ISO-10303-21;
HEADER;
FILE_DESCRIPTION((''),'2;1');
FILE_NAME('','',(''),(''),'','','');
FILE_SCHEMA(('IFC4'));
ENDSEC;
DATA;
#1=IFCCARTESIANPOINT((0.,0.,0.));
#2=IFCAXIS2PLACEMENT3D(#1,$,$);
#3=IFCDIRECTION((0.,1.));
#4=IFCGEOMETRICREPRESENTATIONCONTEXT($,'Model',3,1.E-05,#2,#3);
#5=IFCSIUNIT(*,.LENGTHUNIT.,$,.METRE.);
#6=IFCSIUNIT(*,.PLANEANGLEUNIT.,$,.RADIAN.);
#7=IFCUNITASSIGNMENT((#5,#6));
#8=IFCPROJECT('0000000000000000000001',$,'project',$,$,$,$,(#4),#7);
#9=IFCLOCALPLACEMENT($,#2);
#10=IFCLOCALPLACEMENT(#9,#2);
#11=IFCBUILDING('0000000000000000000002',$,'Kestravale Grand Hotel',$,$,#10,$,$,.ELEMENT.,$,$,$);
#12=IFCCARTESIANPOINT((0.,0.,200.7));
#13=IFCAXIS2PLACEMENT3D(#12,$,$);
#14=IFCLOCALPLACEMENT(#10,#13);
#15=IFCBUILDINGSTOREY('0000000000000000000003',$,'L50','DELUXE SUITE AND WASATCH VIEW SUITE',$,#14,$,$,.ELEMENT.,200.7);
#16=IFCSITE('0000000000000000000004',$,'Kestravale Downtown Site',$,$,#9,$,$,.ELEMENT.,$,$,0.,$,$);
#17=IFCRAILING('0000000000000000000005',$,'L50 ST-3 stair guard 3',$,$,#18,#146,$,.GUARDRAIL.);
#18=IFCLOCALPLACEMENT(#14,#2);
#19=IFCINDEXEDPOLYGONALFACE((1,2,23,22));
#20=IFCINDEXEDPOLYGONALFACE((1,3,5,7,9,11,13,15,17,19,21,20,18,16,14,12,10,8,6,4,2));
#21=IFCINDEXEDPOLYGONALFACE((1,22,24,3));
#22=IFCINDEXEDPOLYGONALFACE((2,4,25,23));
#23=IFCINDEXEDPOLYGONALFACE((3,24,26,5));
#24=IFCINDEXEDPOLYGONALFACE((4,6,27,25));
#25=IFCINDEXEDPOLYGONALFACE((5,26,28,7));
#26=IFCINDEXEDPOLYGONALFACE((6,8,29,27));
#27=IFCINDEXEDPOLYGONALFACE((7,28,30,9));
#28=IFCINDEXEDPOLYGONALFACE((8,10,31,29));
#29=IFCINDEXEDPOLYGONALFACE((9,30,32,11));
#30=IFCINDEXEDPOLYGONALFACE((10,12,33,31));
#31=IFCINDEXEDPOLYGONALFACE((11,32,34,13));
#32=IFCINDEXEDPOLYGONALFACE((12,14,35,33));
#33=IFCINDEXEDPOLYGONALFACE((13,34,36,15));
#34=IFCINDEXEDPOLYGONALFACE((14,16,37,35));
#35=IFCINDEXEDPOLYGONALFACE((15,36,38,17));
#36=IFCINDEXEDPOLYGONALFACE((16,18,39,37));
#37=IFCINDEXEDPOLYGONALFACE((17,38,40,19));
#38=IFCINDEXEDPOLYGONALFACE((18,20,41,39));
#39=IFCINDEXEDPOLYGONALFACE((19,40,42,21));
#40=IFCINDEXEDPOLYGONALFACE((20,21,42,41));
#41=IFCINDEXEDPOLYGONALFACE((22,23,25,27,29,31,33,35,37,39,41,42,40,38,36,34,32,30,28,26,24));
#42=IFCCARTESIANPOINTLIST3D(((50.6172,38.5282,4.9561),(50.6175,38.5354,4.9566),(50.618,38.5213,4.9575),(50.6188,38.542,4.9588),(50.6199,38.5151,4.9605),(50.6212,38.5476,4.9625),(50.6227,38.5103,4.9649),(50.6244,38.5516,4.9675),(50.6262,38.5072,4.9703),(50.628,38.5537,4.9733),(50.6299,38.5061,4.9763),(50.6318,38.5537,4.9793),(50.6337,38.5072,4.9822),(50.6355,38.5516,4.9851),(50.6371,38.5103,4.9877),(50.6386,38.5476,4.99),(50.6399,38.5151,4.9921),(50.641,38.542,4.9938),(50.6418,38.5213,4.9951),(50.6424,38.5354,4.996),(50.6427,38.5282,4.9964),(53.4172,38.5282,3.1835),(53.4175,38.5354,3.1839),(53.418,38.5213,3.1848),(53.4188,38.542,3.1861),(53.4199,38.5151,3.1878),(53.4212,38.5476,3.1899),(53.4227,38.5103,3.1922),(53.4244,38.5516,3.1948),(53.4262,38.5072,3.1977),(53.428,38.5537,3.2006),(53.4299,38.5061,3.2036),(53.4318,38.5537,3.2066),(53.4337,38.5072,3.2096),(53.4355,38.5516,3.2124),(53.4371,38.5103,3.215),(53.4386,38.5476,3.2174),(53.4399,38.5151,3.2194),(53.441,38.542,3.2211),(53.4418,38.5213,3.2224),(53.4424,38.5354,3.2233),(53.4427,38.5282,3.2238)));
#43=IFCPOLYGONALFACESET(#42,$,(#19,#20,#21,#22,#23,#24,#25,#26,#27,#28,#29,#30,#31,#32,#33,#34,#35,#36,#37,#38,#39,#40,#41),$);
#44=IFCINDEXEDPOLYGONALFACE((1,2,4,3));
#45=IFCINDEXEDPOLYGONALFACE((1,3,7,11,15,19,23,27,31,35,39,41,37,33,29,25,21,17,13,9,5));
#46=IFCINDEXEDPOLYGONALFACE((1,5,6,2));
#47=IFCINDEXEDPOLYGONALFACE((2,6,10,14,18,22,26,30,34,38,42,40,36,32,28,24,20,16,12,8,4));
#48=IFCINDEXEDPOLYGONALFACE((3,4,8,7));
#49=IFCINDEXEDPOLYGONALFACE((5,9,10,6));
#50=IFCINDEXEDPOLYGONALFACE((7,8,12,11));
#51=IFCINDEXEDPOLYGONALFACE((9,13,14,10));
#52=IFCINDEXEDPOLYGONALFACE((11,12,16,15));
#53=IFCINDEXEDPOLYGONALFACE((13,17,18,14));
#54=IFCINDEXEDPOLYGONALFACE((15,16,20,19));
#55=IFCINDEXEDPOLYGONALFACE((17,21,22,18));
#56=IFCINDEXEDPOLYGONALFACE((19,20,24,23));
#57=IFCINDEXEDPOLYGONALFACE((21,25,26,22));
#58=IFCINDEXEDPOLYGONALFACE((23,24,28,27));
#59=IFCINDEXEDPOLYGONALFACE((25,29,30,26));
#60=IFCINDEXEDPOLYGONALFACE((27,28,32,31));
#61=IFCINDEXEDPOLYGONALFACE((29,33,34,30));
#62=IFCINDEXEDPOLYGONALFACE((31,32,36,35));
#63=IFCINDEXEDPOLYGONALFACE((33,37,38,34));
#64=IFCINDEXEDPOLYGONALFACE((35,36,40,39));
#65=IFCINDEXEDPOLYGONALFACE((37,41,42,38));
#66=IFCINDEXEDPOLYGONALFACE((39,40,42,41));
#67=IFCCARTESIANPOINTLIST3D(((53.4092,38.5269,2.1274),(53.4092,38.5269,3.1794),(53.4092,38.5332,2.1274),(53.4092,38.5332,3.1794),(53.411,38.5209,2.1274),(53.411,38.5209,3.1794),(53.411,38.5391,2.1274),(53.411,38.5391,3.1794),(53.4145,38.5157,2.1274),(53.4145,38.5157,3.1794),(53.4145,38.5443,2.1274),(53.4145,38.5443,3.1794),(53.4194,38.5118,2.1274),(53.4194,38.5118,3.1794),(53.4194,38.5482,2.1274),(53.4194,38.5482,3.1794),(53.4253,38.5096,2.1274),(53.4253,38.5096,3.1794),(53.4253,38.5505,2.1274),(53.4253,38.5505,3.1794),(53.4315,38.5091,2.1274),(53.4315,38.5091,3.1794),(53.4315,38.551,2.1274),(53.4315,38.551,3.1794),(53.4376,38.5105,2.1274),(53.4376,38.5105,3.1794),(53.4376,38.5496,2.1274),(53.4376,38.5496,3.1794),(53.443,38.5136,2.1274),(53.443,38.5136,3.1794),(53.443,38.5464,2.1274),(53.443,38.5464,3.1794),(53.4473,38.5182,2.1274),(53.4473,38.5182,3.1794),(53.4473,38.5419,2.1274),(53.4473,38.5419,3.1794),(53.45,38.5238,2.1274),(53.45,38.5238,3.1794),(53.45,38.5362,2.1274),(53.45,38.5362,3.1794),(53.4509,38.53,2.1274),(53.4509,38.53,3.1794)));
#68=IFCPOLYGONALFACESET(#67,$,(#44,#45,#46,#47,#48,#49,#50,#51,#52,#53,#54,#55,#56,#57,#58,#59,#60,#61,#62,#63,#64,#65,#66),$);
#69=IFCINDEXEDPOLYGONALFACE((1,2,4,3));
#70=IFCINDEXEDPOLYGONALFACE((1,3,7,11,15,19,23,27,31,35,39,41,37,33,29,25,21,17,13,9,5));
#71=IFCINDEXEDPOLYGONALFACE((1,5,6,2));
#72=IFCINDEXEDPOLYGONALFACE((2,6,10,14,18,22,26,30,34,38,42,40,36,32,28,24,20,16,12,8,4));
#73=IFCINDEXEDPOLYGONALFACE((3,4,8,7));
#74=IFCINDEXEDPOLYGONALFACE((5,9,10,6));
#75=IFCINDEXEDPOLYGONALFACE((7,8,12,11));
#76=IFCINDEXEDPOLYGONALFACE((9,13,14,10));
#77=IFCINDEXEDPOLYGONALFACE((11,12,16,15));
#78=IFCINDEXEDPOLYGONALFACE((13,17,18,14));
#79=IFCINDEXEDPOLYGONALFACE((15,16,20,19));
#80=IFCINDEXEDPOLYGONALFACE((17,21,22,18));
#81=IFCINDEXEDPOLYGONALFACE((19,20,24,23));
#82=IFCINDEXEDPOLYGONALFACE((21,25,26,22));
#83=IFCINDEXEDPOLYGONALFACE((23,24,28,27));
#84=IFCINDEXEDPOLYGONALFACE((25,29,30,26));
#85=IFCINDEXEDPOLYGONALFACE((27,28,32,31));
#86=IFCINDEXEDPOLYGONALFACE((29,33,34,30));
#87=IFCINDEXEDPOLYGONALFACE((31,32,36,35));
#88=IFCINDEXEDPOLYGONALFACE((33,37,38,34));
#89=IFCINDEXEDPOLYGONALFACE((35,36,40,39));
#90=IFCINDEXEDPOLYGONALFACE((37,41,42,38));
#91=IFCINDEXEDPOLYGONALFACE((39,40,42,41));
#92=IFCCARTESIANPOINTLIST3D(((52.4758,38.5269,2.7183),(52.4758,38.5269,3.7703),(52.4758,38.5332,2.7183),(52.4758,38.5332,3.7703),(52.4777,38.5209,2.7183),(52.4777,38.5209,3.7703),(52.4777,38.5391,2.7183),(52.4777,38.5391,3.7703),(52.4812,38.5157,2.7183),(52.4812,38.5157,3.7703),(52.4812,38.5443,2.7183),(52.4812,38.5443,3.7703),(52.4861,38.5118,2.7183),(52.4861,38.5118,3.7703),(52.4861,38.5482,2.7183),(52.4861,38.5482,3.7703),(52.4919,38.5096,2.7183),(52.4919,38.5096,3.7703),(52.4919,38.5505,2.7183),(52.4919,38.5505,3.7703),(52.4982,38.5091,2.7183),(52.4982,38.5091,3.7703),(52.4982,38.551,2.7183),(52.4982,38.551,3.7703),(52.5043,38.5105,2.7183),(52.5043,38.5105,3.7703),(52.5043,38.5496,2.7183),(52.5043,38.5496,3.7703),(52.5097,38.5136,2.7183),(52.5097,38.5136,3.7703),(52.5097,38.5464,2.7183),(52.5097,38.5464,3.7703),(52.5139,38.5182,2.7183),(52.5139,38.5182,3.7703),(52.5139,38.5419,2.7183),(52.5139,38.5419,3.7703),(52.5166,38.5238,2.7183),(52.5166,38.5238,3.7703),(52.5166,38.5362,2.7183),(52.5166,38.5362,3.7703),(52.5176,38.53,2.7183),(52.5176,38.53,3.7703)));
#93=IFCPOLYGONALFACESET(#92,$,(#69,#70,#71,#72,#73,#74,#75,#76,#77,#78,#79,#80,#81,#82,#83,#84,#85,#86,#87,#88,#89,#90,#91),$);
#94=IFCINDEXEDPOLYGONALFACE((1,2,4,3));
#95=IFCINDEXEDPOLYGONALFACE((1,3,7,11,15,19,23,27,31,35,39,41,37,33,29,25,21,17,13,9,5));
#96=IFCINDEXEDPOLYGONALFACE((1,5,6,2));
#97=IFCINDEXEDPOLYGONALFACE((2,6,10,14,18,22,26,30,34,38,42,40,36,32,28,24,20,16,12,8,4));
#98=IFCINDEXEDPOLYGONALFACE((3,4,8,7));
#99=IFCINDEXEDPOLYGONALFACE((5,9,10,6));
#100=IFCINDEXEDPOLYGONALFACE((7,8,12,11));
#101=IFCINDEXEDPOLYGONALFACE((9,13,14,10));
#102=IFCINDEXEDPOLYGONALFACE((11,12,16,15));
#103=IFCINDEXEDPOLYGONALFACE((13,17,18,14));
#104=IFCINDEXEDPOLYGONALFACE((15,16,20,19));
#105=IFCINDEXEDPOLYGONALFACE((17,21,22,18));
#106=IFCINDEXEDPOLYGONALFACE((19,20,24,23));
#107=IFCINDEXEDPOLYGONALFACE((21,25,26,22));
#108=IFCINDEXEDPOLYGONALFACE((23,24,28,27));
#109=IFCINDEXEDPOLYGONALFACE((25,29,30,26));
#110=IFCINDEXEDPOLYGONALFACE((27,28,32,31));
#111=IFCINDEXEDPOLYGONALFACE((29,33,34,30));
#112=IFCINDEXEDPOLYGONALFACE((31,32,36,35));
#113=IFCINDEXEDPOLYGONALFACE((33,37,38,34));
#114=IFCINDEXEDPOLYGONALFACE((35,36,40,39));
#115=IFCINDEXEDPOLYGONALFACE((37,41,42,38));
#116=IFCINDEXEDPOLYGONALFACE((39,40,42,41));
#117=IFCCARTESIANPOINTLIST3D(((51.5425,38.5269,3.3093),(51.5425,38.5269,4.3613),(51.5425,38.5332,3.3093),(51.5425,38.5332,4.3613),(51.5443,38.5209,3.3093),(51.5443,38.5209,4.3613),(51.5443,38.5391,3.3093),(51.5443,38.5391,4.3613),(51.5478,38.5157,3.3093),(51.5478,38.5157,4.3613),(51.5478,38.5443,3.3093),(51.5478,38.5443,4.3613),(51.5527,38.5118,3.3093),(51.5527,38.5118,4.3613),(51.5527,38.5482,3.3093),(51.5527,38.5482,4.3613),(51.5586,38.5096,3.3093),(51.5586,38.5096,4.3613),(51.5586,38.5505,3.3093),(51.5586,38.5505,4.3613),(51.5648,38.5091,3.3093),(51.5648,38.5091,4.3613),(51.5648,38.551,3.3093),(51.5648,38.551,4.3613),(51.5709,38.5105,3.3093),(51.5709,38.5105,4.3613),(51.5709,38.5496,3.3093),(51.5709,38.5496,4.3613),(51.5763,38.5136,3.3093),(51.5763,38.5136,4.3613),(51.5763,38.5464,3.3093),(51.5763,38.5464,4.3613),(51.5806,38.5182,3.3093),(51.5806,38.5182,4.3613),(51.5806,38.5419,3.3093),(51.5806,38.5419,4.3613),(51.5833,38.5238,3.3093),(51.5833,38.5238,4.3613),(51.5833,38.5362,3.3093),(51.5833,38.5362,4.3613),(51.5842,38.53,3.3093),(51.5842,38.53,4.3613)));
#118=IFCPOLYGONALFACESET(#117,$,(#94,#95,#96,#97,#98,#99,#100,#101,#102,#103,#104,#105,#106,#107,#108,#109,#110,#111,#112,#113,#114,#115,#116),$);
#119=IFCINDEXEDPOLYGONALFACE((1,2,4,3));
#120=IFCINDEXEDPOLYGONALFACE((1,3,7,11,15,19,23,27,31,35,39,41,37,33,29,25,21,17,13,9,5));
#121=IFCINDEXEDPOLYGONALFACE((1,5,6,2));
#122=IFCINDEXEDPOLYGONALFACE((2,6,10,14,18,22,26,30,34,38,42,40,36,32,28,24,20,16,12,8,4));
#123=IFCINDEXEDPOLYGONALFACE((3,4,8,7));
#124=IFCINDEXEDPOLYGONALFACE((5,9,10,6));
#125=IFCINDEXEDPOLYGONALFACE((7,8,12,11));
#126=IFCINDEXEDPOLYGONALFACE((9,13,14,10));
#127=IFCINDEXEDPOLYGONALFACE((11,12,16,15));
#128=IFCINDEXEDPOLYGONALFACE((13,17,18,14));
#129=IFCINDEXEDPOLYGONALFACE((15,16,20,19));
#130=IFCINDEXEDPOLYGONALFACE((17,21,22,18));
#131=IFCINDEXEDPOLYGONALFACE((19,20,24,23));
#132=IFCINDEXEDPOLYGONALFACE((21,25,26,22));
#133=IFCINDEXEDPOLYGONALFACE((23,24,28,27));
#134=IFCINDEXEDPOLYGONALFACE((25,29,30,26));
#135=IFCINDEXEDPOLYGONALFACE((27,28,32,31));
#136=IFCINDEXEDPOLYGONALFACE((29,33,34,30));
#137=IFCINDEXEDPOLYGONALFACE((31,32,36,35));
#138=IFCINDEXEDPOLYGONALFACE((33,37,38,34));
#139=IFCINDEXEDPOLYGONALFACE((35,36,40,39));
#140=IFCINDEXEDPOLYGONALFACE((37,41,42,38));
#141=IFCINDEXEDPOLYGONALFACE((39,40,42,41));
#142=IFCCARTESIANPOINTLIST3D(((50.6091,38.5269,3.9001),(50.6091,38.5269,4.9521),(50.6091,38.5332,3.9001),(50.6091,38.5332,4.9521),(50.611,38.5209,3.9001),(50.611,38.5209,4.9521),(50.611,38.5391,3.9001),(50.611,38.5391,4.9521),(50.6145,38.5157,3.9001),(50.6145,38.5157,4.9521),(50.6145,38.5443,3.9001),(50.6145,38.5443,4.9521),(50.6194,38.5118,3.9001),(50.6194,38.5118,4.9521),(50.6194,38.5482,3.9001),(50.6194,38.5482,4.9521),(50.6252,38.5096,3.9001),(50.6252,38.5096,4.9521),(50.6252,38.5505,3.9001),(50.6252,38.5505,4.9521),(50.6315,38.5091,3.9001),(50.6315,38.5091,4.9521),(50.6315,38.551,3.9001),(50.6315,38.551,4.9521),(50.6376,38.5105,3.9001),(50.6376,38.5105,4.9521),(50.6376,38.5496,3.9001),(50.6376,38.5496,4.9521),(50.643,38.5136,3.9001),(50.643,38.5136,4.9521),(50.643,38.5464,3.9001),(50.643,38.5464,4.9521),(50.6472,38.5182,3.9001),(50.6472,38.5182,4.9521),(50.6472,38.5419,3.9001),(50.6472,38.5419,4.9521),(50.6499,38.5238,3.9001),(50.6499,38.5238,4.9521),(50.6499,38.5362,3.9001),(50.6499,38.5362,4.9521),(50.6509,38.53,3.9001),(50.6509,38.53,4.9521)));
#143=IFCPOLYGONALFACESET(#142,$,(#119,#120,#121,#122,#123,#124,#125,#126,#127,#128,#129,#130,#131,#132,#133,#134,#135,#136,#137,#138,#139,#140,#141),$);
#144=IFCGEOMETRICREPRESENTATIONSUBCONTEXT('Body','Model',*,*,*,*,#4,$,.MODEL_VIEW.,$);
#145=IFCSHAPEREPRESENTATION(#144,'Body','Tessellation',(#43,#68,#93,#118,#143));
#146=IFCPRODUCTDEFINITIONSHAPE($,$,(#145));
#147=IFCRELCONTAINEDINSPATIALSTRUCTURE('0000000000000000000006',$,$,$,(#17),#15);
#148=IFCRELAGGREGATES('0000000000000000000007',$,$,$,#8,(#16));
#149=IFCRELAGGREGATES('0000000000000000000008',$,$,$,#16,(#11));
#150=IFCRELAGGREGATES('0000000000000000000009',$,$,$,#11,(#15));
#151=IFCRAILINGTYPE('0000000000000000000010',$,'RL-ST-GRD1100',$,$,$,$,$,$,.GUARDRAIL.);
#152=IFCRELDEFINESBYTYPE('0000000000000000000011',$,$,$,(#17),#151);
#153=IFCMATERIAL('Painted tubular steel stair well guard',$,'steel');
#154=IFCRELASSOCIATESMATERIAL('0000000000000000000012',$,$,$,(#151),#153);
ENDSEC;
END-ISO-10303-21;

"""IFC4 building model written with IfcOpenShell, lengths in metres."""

from ifc_helpers import new_model, si_unit, direction, frame, origin, origin_2d, place, context, subcontext, project, spatial, circle, extrude, material, type_object, element, save


model = new_model("IFC4")

# Units and contexts
model_context = context("Model", 3, precision=1e-05, world=origin(), true_north=direction((0.0, 1.0)))
body_context = subcontext(model_context, "Body", "Model", "MODEL_VIEW")
ifc_project = project(units=[si_unit("LENGTHUNIT", "METRE"), si_unit("PLANEANGLEUNIT", "RADIAN")], contexts=[model_context])

# Site, building, storey
site_placement = place(None, origin())
site = spatial("IfcSite", under=ifc_project, at=site_placement, Name="Kestravale Downtown Site", CompositionType="ELEMENT", RefElevation=0.0)
building_placement = place(site_placement, origin())
building = spatial("IfcBuilding", under=site, at=building_placement, Name="Kestravale Grand Hotel", CompositionType="ELEMENT")
storey_placement = place(building_placement, frame((0.0, 0.0, 200.7)))
storey = spatial("IfcBuildingStorey", under=building, at=storey_placement, Name="L50", Description="DELUXE SUITE AND WASATCH VIEW SUITE", CompositionType="ELEMENT", Elevation=200.7)

# Railing
ifc_material_1 = material(Name="Painted tubular steel stair well guard", Category="steel")
railing_type_1 = type_object("IfcRailingType", Name="RL-ST-GRD1100", PredefinedType="GUARDRAIL", material=ifc_material_1)
railing_1_placement = place(storey_placement, frame((53.4299, 38.53, 2.1274)))
element("IfcRailing", 1, at=railing_1_placement, inside=storey, type_object=railing_type_1, Name="L50 ST-3 stair guard 3", PredefinedType="GUARDRAIL", context=body_context, shape_type="SweptSolid", body=[
    extrude(circle(Radius=0.0239, at=origin_2d()), frame((0.0, 0.0, 1.0762), z_axis=(-0.844909, 0.0, 0.53491), x_axis=(0.0, -1.0, 0.0)), (0.0, 0.0, 1.0), 3.314),
    extrude(circle(Radius=0.021, at=origin_2d()), origin(), (0.0, 0.0, 1.0), 1.052),
    extrude(circle(Radius=0.021, at=origin_2d()), frame((-0.9333, 0.0, 0.5908)), (0.0, 0.0, 1.0), 1.052),
    extrude(circle(Radius=0.021, at=origin_2d()), frame((-1.8667, 0.0, 1.1819)), (0.0, 0.0, 1.0), 1.052),
    extrude(circle(Radius=0.021, at=origin_2d()), frame((-2.8, 0.0, 1.7727)), (0.0, 0.0, 1.0), 1.052),
])

save(model, "model.ifc")
